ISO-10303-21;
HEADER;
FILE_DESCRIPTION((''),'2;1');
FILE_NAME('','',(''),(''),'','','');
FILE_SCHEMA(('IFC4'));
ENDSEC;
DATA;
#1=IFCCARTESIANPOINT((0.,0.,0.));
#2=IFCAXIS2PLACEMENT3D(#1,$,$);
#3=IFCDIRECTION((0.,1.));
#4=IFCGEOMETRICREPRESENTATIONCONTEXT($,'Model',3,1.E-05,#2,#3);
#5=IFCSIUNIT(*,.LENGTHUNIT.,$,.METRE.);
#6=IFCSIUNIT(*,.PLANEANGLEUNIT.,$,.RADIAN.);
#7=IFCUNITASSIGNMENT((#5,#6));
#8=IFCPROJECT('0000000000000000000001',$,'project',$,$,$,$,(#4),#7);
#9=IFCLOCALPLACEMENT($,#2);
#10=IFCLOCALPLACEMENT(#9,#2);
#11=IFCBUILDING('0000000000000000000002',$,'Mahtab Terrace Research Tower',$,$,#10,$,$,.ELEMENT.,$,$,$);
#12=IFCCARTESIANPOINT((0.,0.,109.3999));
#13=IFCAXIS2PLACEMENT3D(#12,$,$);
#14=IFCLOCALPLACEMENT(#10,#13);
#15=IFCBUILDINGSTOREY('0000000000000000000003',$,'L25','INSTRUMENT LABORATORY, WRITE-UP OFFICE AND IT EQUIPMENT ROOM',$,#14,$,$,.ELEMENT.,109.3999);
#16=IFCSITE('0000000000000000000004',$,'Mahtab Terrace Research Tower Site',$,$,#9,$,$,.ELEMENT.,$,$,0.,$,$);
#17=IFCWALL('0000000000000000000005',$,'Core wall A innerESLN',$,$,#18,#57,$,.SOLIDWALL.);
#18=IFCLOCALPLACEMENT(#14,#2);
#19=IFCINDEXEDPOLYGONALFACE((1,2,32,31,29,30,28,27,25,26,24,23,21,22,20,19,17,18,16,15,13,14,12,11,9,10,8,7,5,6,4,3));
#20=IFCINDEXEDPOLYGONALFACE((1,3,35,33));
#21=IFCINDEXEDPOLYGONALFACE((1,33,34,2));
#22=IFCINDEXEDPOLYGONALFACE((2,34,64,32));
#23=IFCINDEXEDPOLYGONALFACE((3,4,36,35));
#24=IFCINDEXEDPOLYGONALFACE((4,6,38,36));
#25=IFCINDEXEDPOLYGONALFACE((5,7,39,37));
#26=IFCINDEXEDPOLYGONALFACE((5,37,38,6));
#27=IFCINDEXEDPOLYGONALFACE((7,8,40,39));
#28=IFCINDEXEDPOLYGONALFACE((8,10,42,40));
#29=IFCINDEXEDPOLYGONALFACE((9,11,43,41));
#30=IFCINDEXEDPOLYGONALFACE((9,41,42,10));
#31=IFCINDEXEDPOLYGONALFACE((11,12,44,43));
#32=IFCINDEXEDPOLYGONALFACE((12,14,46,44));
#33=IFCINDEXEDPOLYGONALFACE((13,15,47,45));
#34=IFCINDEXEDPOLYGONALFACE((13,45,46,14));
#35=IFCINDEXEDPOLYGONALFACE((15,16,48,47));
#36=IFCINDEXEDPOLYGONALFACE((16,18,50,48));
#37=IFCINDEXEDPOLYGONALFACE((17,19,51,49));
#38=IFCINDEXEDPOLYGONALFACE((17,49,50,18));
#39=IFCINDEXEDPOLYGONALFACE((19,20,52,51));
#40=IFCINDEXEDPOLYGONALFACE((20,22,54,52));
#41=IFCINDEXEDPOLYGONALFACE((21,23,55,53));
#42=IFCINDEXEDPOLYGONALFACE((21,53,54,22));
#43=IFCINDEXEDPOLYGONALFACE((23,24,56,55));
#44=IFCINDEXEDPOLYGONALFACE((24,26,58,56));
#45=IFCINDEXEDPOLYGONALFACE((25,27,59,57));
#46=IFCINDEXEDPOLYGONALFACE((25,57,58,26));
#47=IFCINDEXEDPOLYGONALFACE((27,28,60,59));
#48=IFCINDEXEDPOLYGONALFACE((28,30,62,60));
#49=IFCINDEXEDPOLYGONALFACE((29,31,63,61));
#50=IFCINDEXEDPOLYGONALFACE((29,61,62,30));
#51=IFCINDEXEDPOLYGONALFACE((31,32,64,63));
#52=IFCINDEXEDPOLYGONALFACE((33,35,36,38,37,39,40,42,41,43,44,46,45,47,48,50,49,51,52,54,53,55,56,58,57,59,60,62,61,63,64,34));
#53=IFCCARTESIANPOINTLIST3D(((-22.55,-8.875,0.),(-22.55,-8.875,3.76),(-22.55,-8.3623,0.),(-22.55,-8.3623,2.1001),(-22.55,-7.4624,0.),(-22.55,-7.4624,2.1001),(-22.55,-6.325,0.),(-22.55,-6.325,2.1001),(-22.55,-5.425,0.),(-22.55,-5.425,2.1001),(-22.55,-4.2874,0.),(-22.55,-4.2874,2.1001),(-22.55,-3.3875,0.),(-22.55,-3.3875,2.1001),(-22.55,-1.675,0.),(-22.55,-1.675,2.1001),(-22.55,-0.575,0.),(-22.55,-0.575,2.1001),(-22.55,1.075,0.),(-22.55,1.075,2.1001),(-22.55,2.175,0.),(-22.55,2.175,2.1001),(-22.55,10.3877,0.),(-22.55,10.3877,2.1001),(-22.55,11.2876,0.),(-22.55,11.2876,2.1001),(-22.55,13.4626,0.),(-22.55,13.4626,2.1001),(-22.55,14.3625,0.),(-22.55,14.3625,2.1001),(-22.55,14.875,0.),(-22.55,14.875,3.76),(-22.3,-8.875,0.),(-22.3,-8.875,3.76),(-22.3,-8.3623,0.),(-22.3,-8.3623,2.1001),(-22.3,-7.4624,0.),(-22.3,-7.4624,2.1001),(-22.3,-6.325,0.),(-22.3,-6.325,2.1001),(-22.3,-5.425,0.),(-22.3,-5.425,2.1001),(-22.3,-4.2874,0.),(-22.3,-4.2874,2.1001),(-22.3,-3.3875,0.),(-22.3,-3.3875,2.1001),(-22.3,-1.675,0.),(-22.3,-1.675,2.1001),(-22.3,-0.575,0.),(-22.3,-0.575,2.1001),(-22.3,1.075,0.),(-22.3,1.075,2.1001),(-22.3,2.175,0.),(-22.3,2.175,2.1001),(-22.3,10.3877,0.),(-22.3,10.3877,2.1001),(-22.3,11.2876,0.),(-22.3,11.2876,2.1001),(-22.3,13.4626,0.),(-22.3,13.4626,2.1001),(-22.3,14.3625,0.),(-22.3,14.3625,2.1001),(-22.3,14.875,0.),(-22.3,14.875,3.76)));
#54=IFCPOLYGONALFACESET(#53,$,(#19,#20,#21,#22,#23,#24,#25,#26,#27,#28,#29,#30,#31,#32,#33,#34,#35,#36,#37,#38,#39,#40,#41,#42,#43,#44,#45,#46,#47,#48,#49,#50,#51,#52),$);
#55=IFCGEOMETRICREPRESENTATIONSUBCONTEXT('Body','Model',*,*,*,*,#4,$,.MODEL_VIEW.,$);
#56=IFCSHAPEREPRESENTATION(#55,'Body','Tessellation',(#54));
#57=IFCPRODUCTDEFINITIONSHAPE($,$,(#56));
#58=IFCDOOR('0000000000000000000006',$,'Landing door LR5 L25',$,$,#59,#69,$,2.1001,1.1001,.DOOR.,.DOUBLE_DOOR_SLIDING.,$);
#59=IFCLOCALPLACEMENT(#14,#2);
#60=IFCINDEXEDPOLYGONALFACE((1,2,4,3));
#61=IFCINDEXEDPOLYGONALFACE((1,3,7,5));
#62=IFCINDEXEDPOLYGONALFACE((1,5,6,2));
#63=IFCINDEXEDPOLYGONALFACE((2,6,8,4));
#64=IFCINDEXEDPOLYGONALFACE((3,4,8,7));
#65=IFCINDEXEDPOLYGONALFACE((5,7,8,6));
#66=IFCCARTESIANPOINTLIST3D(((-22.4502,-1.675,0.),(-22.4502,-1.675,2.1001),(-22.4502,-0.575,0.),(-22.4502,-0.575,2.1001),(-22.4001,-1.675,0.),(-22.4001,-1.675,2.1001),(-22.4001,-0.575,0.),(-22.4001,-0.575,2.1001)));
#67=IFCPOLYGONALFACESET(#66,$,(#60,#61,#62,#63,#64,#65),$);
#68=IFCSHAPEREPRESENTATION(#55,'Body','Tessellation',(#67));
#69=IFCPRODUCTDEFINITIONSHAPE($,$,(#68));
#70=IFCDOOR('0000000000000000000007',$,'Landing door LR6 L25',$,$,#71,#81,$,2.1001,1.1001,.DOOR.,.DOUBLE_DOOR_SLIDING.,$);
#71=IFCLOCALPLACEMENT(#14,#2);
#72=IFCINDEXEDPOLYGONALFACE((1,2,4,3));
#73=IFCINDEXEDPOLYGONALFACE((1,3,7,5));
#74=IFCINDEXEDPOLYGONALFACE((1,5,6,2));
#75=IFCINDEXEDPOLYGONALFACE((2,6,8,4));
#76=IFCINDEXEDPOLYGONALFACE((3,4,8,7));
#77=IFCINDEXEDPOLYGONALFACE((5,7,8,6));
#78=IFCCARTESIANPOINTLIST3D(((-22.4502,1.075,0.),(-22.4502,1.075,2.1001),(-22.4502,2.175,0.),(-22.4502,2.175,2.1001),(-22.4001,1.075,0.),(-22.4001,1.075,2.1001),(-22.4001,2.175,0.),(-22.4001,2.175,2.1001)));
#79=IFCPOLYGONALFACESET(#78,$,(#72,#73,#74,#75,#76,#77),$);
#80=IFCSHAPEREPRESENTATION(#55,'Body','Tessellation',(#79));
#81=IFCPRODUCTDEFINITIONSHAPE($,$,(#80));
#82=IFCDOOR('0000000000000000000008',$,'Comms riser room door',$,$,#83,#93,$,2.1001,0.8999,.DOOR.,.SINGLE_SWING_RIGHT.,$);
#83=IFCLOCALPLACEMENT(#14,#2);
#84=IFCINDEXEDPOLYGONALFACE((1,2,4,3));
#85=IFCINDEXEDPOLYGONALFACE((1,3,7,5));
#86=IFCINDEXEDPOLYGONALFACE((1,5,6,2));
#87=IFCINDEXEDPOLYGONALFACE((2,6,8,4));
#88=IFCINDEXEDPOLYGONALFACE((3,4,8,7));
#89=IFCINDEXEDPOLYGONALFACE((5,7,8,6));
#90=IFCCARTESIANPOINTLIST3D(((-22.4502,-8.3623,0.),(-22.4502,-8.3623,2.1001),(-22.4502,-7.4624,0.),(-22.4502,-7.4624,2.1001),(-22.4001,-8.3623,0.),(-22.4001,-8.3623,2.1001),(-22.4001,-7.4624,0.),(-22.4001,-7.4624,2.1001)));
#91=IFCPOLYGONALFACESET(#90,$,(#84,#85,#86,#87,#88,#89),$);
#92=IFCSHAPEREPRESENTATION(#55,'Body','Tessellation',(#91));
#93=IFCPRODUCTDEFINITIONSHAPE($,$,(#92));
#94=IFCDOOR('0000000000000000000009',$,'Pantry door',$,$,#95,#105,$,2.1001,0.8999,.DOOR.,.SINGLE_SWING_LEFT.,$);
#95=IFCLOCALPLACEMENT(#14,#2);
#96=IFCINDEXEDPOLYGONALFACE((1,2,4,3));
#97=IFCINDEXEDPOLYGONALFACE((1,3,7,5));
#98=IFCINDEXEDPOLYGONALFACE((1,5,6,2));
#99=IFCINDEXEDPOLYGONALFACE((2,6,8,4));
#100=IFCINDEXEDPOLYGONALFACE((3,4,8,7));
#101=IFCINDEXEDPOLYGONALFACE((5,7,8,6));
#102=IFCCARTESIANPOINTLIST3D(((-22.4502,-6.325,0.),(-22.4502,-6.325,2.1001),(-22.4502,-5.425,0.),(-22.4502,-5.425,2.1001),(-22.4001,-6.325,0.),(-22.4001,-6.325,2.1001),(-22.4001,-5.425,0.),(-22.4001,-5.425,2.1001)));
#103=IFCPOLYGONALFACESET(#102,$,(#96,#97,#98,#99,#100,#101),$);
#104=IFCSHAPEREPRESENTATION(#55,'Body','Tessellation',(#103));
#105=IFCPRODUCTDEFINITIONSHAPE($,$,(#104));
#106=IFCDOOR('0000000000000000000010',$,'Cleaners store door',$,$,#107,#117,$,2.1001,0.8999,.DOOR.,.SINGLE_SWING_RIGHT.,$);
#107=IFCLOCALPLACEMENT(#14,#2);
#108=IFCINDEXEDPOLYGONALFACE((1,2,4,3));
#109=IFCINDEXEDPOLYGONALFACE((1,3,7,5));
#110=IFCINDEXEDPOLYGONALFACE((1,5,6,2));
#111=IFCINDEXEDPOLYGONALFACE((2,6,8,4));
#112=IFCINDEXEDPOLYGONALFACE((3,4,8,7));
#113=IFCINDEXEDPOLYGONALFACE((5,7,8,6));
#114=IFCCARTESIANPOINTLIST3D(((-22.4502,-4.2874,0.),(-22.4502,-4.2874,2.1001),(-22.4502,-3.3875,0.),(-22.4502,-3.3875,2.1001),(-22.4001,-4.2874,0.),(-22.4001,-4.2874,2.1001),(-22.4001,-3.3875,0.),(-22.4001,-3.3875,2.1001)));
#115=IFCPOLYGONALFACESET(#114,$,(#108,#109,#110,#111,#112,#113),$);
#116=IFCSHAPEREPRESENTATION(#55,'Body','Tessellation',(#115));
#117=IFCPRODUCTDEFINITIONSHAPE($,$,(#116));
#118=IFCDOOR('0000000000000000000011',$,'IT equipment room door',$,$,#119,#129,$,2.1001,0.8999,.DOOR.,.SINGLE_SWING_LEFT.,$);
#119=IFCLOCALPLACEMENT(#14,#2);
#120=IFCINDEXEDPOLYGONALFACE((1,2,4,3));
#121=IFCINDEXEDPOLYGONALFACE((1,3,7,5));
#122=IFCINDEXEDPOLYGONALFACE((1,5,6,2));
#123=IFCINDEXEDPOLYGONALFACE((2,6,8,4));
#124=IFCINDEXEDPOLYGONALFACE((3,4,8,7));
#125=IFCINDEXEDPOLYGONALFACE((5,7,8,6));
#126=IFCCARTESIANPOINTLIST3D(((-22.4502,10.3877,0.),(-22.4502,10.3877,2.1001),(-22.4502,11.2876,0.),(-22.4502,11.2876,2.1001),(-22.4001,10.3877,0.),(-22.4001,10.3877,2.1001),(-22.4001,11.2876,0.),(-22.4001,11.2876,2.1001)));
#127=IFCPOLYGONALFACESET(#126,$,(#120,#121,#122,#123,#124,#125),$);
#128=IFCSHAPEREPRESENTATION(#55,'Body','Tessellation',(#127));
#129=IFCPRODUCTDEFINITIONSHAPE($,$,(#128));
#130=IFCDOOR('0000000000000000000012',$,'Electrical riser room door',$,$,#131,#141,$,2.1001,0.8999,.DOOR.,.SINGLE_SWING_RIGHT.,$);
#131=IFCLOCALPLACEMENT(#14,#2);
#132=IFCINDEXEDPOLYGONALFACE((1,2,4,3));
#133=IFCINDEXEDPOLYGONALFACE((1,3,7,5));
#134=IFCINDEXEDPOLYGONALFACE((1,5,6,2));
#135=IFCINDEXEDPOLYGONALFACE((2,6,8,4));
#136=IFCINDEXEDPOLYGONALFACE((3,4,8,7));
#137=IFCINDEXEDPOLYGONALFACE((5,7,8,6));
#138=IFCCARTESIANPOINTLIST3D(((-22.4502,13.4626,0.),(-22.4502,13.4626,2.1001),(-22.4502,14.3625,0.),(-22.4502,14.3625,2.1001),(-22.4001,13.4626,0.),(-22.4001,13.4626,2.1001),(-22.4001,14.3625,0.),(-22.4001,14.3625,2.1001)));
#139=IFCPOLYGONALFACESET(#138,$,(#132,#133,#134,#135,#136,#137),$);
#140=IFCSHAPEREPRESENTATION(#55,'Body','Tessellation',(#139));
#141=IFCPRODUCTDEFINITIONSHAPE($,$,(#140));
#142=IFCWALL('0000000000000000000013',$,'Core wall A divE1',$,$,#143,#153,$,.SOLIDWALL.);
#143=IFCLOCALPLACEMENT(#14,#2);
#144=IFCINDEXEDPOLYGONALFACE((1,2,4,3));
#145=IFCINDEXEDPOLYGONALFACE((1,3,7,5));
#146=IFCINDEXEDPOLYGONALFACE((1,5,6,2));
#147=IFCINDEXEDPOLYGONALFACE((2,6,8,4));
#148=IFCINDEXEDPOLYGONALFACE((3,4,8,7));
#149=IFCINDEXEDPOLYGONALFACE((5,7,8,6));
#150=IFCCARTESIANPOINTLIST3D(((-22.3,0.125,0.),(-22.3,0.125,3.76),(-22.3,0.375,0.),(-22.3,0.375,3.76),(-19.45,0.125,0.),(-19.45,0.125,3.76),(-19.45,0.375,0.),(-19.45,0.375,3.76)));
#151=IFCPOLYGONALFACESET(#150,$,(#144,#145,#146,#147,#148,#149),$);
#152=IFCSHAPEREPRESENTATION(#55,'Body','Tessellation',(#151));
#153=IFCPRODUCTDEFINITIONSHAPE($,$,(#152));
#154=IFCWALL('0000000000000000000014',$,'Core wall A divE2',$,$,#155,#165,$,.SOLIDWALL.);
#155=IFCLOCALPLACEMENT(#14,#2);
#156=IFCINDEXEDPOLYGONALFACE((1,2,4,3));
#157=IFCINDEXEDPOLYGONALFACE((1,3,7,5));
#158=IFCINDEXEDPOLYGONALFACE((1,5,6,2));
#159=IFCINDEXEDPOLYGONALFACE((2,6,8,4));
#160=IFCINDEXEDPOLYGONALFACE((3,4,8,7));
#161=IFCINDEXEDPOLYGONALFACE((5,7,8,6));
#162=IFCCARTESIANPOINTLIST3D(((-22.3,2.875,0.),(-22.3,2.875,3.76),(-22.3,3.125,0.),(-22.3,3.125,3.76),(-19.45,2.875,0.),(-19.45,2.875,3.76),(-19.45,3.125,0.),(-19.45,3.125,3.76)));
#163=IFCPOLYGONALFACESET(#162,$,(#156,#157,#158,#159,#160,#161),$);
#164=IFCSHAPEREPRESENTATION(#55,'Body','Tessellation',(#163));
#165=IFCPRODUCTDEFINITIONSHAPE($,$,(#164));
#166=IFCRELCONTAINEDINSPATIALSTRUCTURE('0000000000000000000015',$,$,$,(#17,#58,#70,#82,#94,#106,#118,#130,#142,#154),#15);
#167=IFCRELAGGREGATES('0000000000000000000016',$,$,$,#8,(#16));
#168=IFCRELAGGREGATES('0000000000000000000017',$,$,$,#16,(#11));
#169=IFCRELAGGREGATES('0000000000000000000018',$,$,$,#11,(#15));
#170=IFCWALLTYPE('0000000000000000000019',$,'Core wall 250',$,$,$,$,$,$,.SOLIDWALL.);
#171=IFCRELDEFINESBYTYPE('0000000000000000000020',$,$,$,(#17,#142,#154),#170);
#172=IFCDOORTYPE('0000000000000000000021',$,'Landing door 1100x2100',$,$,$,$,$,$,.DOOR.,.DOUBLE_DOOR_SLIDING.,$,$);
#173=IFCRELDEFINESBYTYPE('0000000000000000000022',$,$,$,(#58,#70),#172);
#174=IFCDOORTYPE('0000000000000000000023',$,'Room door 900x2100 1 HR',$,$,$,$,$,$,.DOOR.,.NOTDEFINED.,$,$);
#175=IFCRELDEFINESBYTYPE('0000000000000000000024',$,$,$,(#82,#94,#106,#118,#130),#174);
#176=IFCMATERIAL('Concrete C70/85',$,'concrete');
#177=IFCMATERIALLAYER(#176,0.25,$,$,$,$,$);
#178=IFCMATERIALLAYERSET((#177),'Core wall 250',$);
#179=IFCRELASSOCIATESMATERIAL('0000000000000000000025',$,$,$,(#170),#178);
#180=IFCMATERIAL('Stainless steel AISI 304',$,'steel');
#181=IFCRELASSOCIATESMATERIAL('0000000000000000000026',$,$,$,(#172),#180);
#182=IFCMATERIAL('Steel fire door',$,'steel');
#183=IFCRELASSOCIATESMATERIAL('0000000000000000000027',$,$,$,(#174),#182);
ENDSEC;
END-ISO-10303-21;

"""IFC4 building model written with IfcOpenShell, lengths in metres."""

from ifc_helpers import new_model, si_unit, direction, frame, frame_2d, origin, place, context, subcontext, project, spatial, rectangle, extrude, material, layer, layer_set, type_object, element, fill, save


model = new_model("IFC4")

# Units and contexts
model_context = context("Model", 3, precision=1e-05, world=origin(), true_north=direction((0.0, 1.0)))
body_context = subcontext(model_context, "Body", "Model", "MODEL_VIEW")
ifc_project = project(units=[si_unit("LENGTHUNIT", "METRE"), si_unit("PLANEANGLEUNIT", "RADIAN")], contexts=[model_context])

# Site, building, storey
site_placement = place(None, origin())
site = spatial("IfcSite", under=ifc_project, at=site_placement, Name="Mahtab Terrace Research Tower Site", CompositionType="ELEMENT", RefElevation=0.0)
building_placement = place(site_placement, origin())
building = spatial("IfcBuilding", under=site, at=building_placement, Name="Mahtab Terrace Research Tower", CompositionType="ELEMENT")
storey_placement = place(building_placement, frame((0.0, 0.0, 109.3999)))
storey = spatial("IfcBuildingStorey", under=building, at=storey_placement, Name="L25", Description="INSTRUMENT LABORATORY, WRITE-UP OFFICE AND IT EQUIPMENT ROOM", CompositionType="ELEMENT", Elevation=109.3999)

# Shared definitions
ifc_material_1 = material(Name="Concrete C70/85", Category="concrete")

# Shared definitions
ifc_layer_1 = layer(ifc_material_1, 0.25)
ifc_layer_set_1 = layer_set([ifc_layer_1], Name="Core wall 250")
wall_type_1 = type_object("IfcWallType", Name="Core wall 250", PredefinedType="SOLIDWALL", material=ifc_layer_set_1)
ifc_material_2 = material(Name="Steel fire door", Category="steel")

# Wall, openings, doors
wall_1_placement = place(storey_placement, frame((-22.425, 14.875, 0.0), z_axis=(0.0, 0.0, 1.0), x_axis=(0.0, -1.0, 0.0)))
wall_1 = element("IfcWall", 1, at=wall_1_placement, inside=storey, type_object=wall_type_1, Name="Core wall A innerESLN", PredefinedType="SOLIDWALL", context=body_context, shape_type="SweptSolid", body=[
    extrude(rectangle(XDim=23.75, YDim=0.25, at=frame_2d((11.875, 0.0))), origin(), (0.0, 0.0, 1.0), 3.76),
])
opening_1_placement = place(wall_1_placement, frame((15.45, 0.0, 0.0)))
opening_1 = element("IfcOpeningElement", 2, at=opening_1_placement, cuts=wall_1, PredefinedType="OPENING", context=body_context, shape_type="SweptSolid", body=[
    extrude(rectangle(XDim=1.1001, YDim=2.1001, at=frame_2d((0.55, 1.05))), frame((0.0, 0.135, 0.0), z_axis=(0.0, -1.0, 0.0), x_axis=(1.0, 0.0, 0.0)), (0.0, 0.0, 1.0), 0.27),
])
opening_2_placement = place(wall_1_placement, frame((12.7, 0.0, 0.0)))
opening_2 = element("IfcOpeningElement", 3, at=opening_2_placement, cuts=wall_1, PredefinedType="OPENING", context=body_context, shape_type="SweptSolid", body=[
    extrude(rectangle(XDim=1.1001, YDim=2.1001, at=frame_2d((0.55, 1.05))), frame((0.0, 0.135, 0.0), z_axis=(0.0, -1.0, 0.0), x_axis=(1.0, 0.0, 0.0)), (0.0, 0.0, 1.0), 0.27),
])
opening_3_placement = place(wall_1_placement, frame((22.3374, 0.0, 0.0)))
opening_3 = element("IfcOpeningElement", 4, at=opening_3_placement, cuts=wall_1, PredefinedType="OPENING", context=body_context, shape_type="SweptSolid", body=[
    extrude(rectangle(XDim=0.8999, YDim=2.1001, at=frame_2d((0.45, 1.05))), frame((0.0, 0.135, 0.0), z_axis=(0.0, -1.0, 0.0), x_axis=(1.0, 0.0, 0.0)), (0.0, 0.0, 1.0), 0.27),
])
opening_4_placement = place(wall_1_placement, frame((20.3, 0.0, 0.0)))
opening_4 = element("IfcOpeningElement", 5, at=opening_4_placement, cuts=wall_1, PredefinedType="OPENING", context=body_context, shape_type="SweptSolid", body=[
    extrude(rectangle(XDim=0.8999, YDim=2.1001, at=frame_2d((0.45, 1.05))), frame((0.0, 0.135, 0.0), z_axis=(0.0, -1.0, 0.0), x_axis=(1.0, 0.0, 0.0)), (0.0, 0.0, 1.0), 0.27),
])
opening_5_placement = place(wall_1_placement, frame((18.2625, 0.0, 0.0)))
opening_5 = element("IfcOpeningElement", 6, at=opening_5_placement, cuts=wall_1, PredefinedType="OPENING", context=body_context, shape_type="SweptSolid", body=[
    extrude(rectangle(XDim=0.8999, YDim=2.1001, at=frame_2d((0.45, 1.05))), frame((0.0, 0.135, 0.0), z_axis=(0.0, -1.0, 0.0), x_axis=(1.0, 0.0, 0.0)), (0.0, 0.0, 1.0), 0.27),
])
opening_6_placement = place(wall_1_placement, frame((3.5874, 0.0, 0.0)))
opening_6 = element("IfcOpeningElement", 7, at=opening_6_placement, cuts=wall_1, PredefinedType="OPENING", context=body_context, shape_type="SweptSolid", body=[
    extrude(rectangle(XDim=0.8999, YDim=2.1001, at=frame_2d((0.45, 1.05))), frame((0.0, 0.135, 0.0), z_axis=(0.0, -1.0, 0.0), x_axis=(1.0, 0.0, 0.0)), (0.0, 0.0, 1.0), 0.27),
])
opening_7_placement = place(wall_1_placement, frame((0.5125, 0.0, 0.0)))
opening_7 = element("IfcOpeningElement", 8, at=opening_7_placement, cuts=wall_1, PredefinedType="OPENING", context=body_context, shape_type="SweptSolid", body=[
    extrude(rectangle(XDim=0.8999, YDim=2.1001, at=frame_2d((0.45, 1.05))), frame((0.0, 0.135, 0.0), z_axis=(0.0, -1.0, 0.0), x_axis=(1.0, 0.0, 0.0)), (0.0, 0.0, 1.0), 0.27),
])
ifc_material_3 = material(Name="Stainless steel AISI 304", Category="steel")
door_type_1 = type_object("IfcDoorType", Name="Landing door 1100x2100", OperationType="DOUBLE_DOOR_SLIDING", PredefinedType="DOOR", material=ifc_material_3)
door_1_placement = place(opening_1_placement, origin())
door_1 = element("IfcDoor", 9, at=door_1_placement, inside=storey, type_object=door_type_1, Name="Landing door LR5 L25", OperationType="DOUBLE_DOOR_SLIDING", OverallHeight=2.1001, OverallWidth=1.1001, PredefinedType="DOOR", context=body_context, shape_type="SweptSolid", body=[
    extrude(rectangle(XDim=1.1001, YDim=2.1001, at=frame_2d((0.55, 1.05))), frame((0.0, 0.0249, 0.0), z_axis=(0.0, -1.0, 0.0), x_axis=(1.0, 0.0, 0.0)), (0.0, 0.0, 1.0), 0.05),
])
fill(opening_1, door_1)
door_2_placement = place(opening_2_placement, origin())
door_2 = element("IfcDoor", 10, at=door_2_placement, inside=storey, type_object=door_type_1, Name="Landing door LR6 L25", OperationType="DOUBLE_DOOR_SLIDING", OverallHeight=2.1001, OverallWidth=1.1001, PredefinedType="DOOR", context=body_context, shape_type="SweptSolid", body=[
    extrude(rectangle(XDim=1.1001, YDim=2.1001, at=frame_2d((0.55, 1.05))), frame((0.0, 0.0249, 0.0), z_axis=(0.0, -1.0, 0.0), x_axis=(1.0, 0.0, 0.0)), (0.0, 0.0, 1.0), 0.05),
])
fill(opening_2, door_2)
door_type_2 = type_object("IfcDoorType", Name="Room door 900x2100 1 HR", OperationType="NOTDEFINED", PredefinedType="DOOR", material=ifc_material_2)
door_3_placement = place(opening_3_placement, origin())
door_3 = element("IfcDoor", 11, at=door_3_placement, inside=storey, type_object=door_type_2, Name="Comms riser room door", OperationType="SINGLE_SWING_RIGHT", OverallHeight=2.1001, OverallWidth=0.8999, PredefinedType="DOOR", context=body_context, shape_type="SweptSolid", body=[
    extrude(rectangle(XDim=0.8999, YDim=2.1001, at=frame_2d((0.45, 1.05))), frame((0.0, 0.0249, 0.0), z_axis=(0.0, -1.0, 0.0), x_axis=(1.0, 0.0, 0.0)), (0.0, 0.0, 1.0), 0.05),
])
fill(opening_3, door_3)
door_4_placement = place(opening_4_placement, origin())
door_4 = element("IfcDoor", 12, at=door_4_placement, inside=storey, type_object=door_type_2, Name="Pantry door", OperationType="SINGLE_SWING_LEFT", OverallHeight=2.1001, OverallWidth=0.8999, PredefinedType="DOOR", context=body_context, shape_type="SweptSolid", body=[
    extrude(rectangle(XDim=0.8999, YDim=2.1001, at=frame_2d((0.45, 1.05))), frame((0.0, 0.0249, 0.0), z_axis=(0.0, -1.0, 0.0), x_axis=(1.0, 0.0, 0.0)), (0.0, 0.0, 1.0), 0.05),
])
fill(opening_4, door_4)
door_5_placement = place(opening_5_placement, origin())
door_5 = element("IfcDoor", 13, at=door_5_placement, inside=storey, type_object=door_type_2, Name="Cleaners store door", OperationType="SINGLE_SWING_RIGHT", OverallHeight=2.1001, OverallWidth=0.8999, PredefinedType="DOOR", context=body_context, shape_type="SweptSolid", body=[
    extrude(rectangle(XDim=0.8999, YDim=2.1001, at=frame_2d((0.45, 1.05))), frame((0.0, 0.0249, 0.0), z_axis=(0.0, -1.0, 0.0), x_axis=(1.0, 0.0, 0.0)), (0.0, 0.0, 1.0), 0.05),
])
fill(opening_5, door_5)
door_6_placement = place(opening_6_placement, origin())
door_6 = element("IfcDoor", 14, at=door_6_placement, inside=storey, type_object=door_type_2, Name="IT equipment room door", OperationType="SINGLE_SWING_LEFT", OverallHeight=2.1001, OverallWidth=0.8999, PredefinedType="DOOR", context=body_context, shape_type="SweptSolid", body=[
    extrude(rectangle(XDim=0.8999, YDim=2.1001, at=frame_2d((0.45, 1.05))), frame((0.0, 0.0249, 0.0), z_axis=(0.0, -1.0, 0.0), x_axis=(1.0, 0.0, 0.0)), (0.0, 0.0, 1.0), 0.05),
])
fill(opening_6, door_6)
door_7_placement = place(opening_7_placement, origin())
door_7 = element("IfcDoor", 15, at=door_7_placement, inside=storey, type_object=door_type_2, Name="Electrical riser room door", OperationType="SINGLE_SWING_RIGHT", OverallHeight=2.1001, OverallWidth=0.8999, PredefinedType="DOOR", context=body_context, shape_type="SweptSolid", body=[
    extrude(rectangle(XDim=0.8999, YDim=2.1001, at=frame_2d((0.45, 1.05))), frame((0.0, 0.0249, 0.0), z_axis=(0.0, -1.0, 0.0), x_axis=(1.0, 0.0, 0.0)), (0.0, 0.0, 1.0), 0.05),
])
fill(opening_7, door_7)

# Walls
for number, where, z_axis, x_axis, name in (
    (16, (-22.3, 0.25, 0.0), (0.0, 0.0, 1.0), (1.0, 0.0, 0.0), "Core wall A divE1"),
    (17, (-22.3, 3.0, 0.0), (0.0, 0.0, 1.0), (1.0, 0.0, 0.0), "Core wall A divE2"),
):
    element("IfcWall", number, at=place(storey_placement, frame(where, z_axis=z_axis, x_axis=x_axis)), inside=storey, type_object=wall_type_1, Name=name, PredefinedType="SOLIDWALL", context=body_context, shape_type="SweptSolid", body=[
        extrude(rectangle(XDim=2.8501, YDim=0.25, at=frame_2d((1.425, 0.0))), origin(), (0.0, 0.0, 1.0), 3.76),
    ])

save(model, "model.ifc")
